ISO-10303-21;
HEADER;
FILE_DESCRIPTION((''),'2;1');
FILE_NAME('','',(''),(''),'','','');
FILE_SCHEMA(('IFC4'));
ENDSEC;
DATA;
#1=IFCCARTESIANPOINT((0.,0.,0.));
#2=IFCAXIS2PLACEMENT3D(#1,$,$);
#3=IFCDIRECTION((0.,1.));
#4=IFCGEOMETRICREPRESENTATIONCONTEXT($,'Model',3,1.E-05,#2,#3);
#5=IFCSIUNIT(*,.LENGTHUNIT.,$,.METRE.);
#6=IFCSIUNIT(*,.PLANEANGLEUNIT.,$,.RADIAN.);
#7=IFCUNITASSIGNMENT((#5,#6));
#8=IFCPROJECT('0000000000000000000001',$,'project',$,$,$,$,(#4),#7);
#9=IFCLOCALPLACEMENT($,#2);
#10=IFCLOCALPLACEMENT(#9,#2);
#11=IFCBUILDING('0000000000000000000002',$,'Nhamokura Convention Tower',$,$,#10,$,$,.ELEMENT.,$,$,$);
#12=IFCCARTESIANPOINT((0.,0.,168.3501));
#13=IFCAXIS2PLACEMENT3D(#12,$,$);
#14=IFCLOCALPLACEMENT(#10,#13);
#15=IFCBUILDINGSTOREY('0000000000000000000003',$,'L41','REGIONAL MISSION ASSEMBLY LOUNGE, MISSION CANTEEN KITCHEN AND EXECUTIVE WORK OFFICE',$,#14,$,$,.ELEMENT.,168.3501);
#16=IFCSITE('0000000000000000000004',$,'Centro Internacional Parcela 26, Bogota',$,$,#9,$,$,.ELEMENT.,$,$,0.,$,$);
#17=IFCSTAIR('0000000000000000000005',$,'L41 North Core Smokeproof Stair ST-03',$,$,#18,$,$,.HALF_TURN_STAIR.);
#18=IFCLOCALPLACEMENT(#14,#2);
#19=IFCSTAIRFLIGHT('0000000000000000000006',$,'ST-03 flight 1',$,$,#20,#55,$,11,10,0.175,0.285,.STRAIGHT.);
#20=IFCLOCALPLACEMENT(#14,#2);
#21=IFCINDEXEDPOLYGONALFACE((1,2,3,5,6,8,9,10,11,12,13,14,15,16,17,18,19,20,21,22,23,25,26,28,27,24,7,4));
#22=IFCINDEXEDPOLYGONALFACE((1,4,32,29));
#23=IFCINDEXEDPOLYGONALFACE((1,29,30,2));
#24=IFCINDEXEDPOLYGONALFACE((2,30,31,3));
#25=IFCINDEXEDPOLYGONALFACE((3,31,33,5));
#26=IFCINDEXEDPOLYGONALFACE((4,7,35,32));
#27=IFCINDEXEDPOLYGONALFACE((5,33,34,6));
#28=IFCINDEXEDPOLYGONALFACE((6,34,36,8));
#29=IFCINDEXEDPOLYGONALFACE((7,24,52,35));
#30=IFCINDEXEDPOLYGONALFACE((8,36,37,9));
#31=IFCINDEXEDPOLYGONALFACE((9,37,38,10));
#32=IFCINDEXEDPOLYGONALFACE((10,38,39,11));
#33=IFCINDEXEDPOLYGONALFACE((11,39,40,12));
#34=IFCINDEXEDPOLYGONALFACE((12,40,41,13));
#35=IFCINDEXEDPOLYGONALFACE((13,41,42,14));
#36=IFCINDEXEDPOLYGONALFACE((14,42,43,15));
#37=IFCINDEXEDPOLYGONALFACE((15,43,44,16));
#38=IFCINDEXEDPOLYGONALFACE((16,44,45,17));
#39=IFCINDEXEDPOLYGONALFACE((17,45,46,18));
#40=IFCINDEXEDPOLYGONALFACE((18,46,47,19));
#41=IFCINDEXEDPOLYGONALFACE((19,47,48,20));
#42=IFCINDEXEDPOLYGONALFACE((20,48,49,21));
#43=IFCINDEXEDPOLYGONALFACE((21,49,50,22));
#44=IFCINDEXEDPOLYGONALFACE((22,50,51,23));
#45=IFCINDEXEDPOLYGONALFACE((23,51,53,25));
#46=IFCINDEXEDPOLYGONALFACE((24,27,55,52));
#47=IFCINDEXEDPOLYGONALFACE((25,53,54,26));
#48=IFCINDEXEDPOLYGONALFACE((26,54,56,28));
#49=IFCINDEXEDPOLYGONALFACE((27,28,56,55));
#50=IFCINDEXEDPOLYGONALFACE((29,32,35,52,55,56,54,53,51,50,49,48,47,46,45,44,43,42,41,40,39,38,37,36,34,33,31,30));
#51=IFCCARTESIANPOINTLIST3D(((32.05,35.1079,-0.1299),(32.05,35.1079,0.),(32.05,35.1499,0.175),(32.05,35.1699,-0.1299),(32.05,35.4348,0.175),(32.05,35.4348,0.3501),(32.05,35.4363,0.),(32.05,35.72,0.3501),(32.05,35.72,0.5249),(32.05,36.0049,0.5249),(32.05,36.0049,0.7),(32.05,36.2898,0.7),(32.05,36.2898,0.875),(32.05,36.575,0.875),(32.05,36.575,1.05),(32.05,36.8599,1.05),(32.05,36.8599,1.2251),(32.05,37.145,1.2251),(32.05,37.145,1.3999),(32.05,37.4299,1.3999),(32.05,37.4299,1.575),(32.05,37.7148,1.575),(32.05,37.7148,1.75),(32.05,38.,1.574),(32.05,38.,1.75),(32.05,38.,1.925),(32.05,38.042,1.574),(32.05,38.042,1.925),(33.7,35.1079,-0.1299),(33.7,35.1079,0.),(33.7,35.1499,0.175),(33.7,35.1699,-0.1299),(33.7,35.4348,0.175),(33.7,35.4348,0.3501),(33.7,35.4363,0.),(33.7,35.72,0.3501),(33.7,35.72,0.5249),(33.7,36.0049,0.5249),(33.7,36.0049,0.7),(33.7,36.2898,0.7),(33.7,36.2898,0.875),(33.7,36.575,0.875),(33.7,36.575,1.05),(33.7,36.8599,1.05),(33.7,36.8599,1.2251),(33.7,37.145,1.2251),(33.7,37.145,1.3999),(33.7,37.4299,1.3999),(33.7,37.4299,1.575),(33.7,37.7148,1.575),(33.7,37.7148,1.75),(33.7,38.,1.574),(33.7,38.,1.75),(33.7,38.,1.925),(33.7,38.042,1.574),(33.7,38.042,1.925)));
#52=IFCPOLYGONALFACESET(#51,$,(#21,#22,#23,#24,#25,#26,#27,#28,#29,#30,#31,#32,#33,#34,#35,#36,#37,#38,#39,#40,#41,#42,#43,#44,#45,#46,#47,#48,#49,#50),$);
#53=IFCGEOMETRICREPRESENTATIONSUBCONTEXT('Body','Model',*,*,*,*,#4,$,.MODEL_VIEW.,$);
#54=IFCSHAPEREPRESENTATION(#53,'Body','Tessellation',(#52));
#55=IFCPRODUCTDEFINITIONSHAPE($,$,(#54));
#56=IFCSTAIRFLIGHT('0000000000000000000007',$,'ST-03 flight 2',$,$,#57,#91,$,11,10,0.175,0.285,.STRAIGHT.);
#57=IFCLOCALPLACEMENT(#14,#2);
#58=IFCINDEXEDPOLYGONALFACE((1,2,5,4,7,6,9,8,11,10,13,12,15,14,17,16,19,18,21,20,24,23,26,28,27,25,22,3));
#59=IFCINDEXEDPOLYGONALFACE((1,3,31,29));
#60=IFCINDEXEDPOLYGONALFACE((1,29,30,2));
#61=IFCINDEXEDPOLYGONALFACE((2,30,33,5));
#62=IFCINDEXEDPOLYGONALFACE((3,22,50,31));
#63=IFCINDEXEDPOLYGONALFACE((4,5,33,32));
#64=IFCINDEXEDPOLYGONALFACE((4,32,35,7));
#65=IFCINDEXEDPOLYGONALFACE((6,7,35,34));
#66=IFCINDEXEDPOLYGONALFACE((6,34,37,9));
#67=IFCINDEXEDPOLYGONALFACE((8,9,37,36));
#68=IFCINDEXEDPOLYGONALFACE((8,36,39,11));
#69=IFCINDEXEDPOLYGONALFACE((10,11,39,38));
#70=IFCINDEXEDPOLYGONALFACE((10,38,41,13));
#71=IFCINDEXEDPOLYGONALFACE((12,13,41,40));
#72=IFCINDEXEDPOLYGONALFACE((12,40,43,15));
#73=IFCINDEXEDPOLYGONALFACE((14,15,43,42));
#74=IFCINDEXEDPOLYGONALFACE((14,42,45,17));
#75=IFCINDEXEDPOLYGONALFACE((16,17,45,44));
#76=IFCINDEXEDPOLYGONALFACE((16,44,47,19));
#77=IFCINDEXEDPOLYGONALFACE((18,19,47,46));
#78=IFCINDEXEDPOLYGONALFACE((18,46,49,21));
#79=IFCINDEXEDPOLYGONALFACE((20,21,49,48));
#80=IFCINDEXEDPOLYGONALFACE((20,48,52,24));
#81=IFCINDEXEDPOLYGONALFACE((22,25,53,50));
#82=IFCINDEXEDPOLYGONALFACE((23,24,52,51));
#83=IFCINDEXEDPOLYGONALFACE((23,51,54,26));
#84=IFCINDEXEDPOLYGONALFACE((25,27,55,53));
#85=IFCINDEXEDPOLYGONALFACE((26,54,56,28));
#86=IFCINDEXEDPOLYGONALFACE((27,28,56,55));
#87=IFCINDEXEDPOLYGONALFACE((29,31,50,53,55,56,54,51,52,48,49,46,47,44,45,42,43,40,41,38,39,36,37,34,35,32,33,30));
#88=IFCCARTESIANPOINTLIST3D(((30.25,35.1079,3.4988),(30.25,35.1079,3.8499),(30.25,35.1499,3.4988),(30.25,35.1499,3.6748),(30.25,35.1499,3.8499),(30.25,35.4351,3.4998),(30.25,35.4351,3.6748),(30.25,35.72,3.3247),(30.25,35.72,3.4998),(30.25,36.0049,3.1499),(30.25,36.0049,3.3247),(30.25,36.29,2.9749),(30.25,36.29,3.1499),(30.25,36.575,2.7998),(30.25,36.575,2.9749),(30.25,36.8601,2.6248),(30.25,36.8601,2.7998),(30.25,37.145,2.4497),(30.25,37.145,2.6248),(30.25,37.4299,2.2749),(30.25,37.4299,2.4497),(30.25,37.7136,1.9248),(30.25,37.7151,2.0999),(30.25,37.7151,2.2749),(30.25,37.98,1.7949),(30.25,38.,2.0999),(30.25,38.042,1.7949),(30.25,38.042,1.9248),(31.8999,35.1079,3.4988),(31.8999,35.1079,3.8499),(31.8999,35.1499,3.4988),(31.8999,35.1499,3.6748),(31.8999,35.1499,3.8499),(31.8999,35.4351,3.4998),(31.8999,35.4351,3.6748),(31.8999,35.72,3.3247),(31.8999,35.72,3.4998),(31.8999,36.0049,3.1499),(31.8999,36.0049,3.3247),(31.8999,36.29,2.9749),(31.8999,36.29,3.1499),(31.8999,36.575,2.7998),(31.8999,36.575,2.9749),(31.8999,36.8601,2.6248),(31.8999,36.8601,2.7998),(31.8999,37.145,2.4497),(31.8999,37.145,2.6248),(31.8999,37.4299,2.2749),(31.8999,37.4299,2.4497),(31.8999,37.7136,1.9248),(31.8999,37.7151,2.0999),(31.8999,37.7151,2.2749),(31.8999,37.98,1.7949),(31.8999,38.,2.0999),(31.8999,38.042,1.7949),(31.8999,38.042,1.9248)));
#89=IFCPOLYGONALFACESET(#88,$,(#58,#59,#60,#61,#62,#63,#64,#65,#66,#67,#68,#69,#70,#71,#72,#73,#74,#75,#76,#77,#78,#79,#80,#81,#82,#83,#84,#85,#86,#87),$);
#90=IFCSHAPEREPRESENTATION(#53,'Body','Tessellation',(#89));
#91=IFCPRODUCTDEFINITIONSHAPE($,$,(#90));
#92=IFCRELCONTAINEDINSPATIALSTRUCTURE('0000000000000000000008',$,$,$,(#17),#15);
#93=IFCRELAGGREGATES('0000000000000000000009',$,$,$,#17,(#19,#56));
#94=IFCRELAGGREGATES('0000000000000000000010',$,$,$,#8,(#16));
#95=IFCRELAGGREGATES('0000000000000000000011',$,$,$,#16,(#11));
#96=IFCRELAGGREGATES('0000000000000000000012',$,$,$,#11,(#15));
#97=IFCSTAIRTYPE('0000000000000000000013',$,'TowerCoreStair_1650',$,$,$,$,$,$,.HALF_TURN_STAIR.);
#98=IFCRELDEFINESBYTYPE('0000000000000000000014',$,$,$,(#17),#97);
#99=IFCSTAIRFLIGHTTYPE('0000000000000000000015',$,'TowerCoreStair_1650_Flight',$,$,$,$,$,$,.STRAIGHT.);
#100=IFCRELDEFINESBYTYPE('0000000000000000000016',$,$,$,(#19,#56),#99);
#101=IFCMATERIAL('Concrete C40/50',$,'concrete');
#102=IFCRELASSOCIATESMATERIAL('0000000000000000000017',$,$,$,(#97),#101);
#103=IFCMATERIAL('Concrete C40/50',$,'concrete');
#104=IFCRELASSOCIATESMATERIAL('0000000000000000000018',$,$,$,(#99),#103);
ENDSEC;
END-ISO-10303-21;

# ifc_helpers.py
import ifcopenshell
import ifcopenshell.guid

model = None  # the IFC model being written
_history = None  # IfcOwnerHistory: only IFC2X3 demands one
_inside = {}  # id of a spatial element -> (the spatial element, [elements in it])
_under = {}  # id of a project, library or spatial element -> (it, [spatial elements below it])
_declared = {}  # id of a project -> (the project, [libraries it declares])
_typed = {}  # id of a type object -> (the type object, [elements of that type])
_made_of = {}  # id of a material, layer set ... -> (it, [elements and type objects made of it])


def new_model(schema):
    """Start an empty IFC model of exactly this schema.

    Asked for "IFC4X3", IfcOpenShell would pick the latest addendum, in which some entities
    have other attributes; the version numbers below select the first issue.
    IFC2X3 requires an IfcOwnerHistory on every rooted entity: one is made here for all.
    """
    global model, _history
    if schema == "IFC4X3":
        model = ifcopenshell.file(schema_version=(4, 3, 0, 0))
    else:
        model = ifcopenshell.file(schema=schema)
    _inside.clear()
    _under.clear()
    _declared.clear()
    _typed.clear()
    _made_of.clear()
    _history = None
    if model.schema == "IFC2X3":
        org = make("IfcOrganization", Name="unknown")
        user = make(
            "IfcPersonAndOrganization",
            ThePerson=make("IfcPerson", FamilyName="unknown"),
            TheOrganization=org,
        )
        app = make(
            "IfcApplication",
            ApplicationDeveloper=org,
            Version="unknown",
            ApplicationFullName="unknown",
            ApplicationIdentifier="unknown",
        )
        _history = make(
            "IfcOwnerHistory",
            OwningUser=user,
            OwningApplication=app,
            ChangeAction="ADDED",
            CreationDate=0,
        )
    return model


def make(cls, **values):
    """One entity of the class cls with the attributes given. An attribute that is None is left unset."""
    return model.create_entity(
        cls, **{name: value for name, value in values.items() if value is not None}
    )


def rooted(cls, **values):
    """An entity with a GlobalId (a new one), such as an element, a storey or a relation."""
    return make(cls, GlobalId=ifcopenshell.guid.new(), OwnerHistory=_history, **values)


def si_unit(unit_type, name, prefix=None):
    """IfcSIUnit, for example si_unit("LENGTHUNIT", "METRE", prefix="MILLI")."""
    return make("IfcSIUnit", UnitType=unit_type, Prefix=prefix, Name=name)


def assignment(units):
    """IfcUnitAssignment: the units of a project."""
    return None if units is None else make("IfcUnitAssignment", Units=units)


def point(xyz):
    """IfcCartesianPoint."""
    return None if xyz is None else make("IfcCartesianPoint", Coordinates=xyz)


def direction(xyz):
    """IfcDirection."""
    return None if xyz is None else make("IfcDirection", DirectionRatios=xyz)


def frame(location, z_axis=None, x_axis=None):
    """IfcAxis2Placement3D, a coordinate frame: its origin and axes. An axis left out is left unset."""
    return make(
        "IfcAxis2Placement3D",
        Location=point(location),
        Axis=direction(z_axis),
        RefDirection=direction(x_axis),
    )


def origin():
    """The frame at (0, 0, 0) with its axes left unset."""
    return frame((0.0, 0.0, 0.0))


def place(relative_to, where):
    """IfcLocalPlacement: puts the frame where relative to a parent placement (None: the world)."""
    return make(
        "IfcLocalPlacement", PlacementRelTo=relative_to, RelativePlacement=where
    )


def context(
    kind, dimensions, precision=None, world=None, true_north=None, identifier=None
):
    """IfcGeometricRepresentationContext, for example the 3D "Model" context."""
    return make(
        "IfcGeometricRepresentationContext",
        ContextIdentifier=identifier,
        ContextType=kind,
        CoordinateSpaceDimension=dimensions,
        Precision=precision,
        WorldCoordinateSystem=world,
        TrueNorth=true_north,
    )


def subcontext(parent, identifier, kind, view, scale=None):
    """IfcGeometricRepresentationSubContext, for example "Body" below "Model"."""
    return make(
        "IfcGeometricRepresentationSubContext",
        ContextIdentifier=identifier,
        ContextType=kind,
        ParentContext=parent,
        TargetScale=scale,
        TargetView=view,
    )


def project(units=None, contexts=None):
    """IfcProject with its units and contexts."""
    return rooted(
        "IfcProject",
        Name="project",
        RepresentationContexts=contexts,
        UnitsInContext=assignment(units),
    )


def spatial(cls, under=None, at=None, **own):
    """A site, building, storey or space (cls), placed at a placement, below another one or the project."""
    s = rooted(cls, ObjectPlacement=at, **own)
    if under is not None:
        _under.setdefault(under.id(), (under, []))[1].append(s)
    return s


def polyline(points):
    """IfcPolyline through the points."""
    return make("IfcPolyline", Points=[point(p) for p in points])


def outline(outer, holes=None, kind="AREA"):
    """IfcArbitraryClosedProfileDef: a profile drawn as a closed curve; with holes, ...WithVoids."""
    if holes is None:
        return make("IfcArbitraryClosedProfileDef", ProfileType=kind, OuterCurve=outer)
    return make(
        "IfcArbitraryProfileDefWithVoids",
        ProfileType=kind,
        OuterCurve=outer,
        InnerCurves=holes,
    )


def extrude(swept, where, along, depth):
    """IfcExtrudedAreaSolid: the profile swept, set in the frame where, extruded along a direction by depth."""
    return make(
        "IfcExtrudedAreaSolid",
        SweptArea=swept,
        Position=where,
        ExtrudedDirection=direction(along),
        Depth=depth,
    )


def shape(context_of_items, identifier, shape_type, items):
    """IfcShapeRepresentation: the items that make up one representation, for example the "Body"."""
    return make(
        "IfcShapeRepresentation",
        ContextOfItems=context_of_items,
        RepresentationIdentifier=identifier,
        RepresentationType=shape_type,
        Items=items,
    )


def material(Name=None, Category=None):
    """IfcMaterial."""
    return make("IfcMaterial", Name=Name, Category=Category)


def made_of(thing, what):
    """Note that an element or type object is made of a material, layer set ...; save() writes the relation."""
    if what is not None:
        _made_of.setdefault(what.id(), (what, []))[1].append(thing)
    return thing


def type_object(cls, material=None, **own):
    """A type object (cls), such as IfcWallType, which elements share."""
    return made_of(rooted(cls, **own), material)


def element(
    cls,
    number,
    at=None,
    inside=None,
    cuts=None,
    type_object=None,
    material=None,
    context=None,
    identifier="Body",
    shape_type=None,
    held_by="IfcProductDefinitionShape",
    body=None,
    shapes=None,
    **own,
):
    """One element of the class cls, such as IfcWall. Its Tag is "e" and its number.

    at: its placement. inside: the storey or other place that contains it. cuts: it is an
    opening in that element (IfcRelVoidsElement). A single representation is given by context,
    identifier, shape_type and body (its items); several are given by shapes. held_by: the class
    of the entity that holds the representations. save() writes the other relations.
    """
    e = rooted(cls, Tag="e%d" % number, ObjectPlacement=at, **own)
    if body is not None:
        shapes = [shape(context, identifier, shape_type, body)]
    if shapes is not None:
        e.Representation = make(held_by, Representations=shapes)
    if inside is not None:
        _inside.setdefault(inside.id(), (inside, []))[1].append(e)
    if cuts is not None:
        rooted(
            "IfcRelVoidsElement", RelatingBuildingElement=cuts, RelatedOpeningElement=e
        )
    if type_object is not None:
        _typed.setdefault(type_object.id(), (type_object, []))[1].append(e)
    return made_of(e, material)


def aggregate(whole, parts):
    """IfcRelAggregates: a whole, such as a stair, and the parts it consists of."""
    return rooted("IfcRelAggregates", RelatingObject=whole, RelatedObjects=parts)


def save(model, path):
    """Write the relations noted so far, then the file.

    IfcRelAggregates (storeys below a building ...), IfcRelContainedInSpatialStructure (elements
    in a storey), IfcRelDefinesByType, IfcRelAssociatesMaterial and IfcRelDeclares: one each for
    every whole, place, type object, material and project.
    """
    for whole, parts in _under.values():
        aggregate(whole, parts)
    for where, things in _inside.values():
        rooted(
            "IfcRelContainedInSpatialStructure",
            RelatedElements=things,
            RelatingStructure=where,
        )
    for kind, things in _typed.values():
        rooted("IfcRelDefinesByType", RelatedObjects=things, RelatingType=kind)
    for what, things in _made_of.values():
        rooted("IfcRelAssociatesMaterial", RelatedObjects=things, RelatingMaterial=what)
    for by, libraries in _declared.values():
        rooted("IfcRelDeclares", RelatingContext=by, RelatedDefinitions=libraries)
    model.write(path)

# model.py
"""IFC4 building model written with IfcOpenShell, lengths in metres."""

from ifc_helpers import new_model, si_unit, direction, frame, origin, place, context, subcontext, project, spatial, polyline, outline, extrude, material, type_object, element, aggregate, save


model = new_model("IFC4")

# Units and contexts
model_context = context("Model", 3, precision=1e-05, world=origin(), true_north=direction((0.0, 1.0)))
body_context = subcontext(model_context, "Body", "Model", "MODEL_VIEW")
ifc_project = project(units=[si_unit("LENGTHUNIT", "METRE"), si_unit("PLANEANGLEUNIT", "RADIAN")], contexts=[model_context])

# Site, building, storey
site_placement = place(None, origin())
site = spatial("IfcSite", under=ifc_project, at=site_placement, Name="Centro Internacional Parcela 26, Bogota", CompositionType="ELEMENT", RefElevation=0.0)
building_placement = place(site_placement, origin())
building = spatial("IfcBuilding", under=site, at=building_placement, Name="Nhamokura Convention Tower", CompositionType="ELEMENT")
storey_placement = place(building_placement, frame((0.0, 0.0, 168.3501)))
storey = spatial("IfcBuildingStorey", under=building, at=storey_placement, Name="L41", Description="REGIONAL MISSION ASSEMBLY LOUNGE, MISSION CANTEEN KITCHEN AND EXECUTIVE WORK OFFICE", CompositionType="ELEMENT", Elevation=168.3501)

# Stair, stair flights
ifc_material_1 = material(Name="Concrete C40/50", Category="concrete")
stair_type = type_object("IfcStairType", Name="TowerCoreStair_1650", PredefinedType="HALF_TURN_STAIR", material=ifc_material_1)
stair_placement = place(storey_placement, origin())
stair = element("IfcStair", 1, at=stair_placement, inside=storey, type_object=stair_type, Name="L41 North Core Smokeproof Stair ST-03", PredefinedType="HALF_TURN_STAIR")
ifc_material_2 = material(Name="Concrete C40/50", Category="concrete")
stair_flight_type = type_object("IfcStairFlightType", Name="TowerCoreStair_1650_Flight", PredefinedType="STRAIGHT", material=ifc_material_2)
stair_flight_1_placement = place(storey_placement, frame((32.875, 35.1499, 0.0), z_axis=(0.0, 0.0, 1.0), x_axis=(0.0, 1.0, 0.0)))
stair_flight_1 = element("IfcStairFlight", 2, at=stair_flight_1_placement, type_object=stair_flight_type, Name="ST-03 flight 1", NumberOfRisers=11, NumberOfTreads=10, PredefinedType="STRAIGHT", RiserHeight=0.175, TreadLength=0.285, context=body_context, shape_type="SweptSolid", body=[
    extrude(outline(polyline([(-0.042, 0.0), (0.0, 0.175), (0.2849, 0.175), (0.2849, 0.3501), (0.5701, 0.3501), (0.5701, 0.5249), (0.855, 0.5249), (0.855, 0.7), (1.1399, 0.7), (1.1399, 0.875), (1.425, 0.875), (1.425, 1.05), (1.71, 1.05), (1.71, 1.2251), (1.9951, 1.2251), (1.9951, 1.3999), (2.28, 1.3999), (2.28, 1.575), (2.5649, 1.575), (2.5649, 1.75), (2.8501, 1.75), (2.8501, 1.925), (2.8921, 1.925), (2.8921, 1.574), (2.8501, 1.574), (0.2864, 0.0), (0.02, -0.1299), (-0.042, -0.1299), (-0.042, 0.0)])), frame((0.0, 0.825, 0.0), z_axis=(0.0, -1.0, 0.0), x_axis=(1.0, 0.0, 0.0)), (0.0, 0.0, 1.0), 1.6499),
])
stair_flight_2_placement = place(storey_placement, frame((31.075, 38.0, 1.9248), z_axis=(0.0, 0.0, 1.0), x_axis=(0.0, -1.0, 0.0)))
stair_flight_2 = element("IfcStairFlight", 3, at=stair_flight_2_placement, type_object=stair_flight_type, Name="ST-03 flight 2", NumberOfRisers=11, NumberOfTreads=10, PredefinedType="STRAIGHT", RiserHeight=0.175, TreadLength=0.285, context=body_context, shape_type="SweptSolid", body=[
    extrude(outline(polyline([(-0.042, 0.0), (0.0, 0.175), (0.2849, 0.175), (0.2849, 0.3501), (0.5701, 0.3501), (0.5701, 0.5249), (0.855, 0.5249), (0.855, 0.7), (1.1399, 0.7), (1.1399, 0.875), (1.425, 0.875), (1.425, 1.05), (1.71, 1.05), (1.71, 1.2251), (1.9951, 1.2251), (1.9951, 1.3999), (2.28, 1.3999), (2.28, 1.575), (2.5649, 1.575), (2.5649, 1.75), (2.8501, 1.75), (2.8501, 1.925), (2.8921, 1.925), (2.8921, 1.574), (2.8501, 1.574), (0.2864, 0.0), (0.02, -0.1299), (-0.042, -0.1299), (-0.042, 0.0)])), frame((0.0, 0.825, 0.0), z_axis=(0.0, -1.0, 0.0), x_axis=(1.0, 0.0, 0.0)), (0.0, 0.0, 1.0), 1.6499),
])
aggregate(stair, [stair_flight_1, stair_flight_2])

save(model, "model.ifc")
